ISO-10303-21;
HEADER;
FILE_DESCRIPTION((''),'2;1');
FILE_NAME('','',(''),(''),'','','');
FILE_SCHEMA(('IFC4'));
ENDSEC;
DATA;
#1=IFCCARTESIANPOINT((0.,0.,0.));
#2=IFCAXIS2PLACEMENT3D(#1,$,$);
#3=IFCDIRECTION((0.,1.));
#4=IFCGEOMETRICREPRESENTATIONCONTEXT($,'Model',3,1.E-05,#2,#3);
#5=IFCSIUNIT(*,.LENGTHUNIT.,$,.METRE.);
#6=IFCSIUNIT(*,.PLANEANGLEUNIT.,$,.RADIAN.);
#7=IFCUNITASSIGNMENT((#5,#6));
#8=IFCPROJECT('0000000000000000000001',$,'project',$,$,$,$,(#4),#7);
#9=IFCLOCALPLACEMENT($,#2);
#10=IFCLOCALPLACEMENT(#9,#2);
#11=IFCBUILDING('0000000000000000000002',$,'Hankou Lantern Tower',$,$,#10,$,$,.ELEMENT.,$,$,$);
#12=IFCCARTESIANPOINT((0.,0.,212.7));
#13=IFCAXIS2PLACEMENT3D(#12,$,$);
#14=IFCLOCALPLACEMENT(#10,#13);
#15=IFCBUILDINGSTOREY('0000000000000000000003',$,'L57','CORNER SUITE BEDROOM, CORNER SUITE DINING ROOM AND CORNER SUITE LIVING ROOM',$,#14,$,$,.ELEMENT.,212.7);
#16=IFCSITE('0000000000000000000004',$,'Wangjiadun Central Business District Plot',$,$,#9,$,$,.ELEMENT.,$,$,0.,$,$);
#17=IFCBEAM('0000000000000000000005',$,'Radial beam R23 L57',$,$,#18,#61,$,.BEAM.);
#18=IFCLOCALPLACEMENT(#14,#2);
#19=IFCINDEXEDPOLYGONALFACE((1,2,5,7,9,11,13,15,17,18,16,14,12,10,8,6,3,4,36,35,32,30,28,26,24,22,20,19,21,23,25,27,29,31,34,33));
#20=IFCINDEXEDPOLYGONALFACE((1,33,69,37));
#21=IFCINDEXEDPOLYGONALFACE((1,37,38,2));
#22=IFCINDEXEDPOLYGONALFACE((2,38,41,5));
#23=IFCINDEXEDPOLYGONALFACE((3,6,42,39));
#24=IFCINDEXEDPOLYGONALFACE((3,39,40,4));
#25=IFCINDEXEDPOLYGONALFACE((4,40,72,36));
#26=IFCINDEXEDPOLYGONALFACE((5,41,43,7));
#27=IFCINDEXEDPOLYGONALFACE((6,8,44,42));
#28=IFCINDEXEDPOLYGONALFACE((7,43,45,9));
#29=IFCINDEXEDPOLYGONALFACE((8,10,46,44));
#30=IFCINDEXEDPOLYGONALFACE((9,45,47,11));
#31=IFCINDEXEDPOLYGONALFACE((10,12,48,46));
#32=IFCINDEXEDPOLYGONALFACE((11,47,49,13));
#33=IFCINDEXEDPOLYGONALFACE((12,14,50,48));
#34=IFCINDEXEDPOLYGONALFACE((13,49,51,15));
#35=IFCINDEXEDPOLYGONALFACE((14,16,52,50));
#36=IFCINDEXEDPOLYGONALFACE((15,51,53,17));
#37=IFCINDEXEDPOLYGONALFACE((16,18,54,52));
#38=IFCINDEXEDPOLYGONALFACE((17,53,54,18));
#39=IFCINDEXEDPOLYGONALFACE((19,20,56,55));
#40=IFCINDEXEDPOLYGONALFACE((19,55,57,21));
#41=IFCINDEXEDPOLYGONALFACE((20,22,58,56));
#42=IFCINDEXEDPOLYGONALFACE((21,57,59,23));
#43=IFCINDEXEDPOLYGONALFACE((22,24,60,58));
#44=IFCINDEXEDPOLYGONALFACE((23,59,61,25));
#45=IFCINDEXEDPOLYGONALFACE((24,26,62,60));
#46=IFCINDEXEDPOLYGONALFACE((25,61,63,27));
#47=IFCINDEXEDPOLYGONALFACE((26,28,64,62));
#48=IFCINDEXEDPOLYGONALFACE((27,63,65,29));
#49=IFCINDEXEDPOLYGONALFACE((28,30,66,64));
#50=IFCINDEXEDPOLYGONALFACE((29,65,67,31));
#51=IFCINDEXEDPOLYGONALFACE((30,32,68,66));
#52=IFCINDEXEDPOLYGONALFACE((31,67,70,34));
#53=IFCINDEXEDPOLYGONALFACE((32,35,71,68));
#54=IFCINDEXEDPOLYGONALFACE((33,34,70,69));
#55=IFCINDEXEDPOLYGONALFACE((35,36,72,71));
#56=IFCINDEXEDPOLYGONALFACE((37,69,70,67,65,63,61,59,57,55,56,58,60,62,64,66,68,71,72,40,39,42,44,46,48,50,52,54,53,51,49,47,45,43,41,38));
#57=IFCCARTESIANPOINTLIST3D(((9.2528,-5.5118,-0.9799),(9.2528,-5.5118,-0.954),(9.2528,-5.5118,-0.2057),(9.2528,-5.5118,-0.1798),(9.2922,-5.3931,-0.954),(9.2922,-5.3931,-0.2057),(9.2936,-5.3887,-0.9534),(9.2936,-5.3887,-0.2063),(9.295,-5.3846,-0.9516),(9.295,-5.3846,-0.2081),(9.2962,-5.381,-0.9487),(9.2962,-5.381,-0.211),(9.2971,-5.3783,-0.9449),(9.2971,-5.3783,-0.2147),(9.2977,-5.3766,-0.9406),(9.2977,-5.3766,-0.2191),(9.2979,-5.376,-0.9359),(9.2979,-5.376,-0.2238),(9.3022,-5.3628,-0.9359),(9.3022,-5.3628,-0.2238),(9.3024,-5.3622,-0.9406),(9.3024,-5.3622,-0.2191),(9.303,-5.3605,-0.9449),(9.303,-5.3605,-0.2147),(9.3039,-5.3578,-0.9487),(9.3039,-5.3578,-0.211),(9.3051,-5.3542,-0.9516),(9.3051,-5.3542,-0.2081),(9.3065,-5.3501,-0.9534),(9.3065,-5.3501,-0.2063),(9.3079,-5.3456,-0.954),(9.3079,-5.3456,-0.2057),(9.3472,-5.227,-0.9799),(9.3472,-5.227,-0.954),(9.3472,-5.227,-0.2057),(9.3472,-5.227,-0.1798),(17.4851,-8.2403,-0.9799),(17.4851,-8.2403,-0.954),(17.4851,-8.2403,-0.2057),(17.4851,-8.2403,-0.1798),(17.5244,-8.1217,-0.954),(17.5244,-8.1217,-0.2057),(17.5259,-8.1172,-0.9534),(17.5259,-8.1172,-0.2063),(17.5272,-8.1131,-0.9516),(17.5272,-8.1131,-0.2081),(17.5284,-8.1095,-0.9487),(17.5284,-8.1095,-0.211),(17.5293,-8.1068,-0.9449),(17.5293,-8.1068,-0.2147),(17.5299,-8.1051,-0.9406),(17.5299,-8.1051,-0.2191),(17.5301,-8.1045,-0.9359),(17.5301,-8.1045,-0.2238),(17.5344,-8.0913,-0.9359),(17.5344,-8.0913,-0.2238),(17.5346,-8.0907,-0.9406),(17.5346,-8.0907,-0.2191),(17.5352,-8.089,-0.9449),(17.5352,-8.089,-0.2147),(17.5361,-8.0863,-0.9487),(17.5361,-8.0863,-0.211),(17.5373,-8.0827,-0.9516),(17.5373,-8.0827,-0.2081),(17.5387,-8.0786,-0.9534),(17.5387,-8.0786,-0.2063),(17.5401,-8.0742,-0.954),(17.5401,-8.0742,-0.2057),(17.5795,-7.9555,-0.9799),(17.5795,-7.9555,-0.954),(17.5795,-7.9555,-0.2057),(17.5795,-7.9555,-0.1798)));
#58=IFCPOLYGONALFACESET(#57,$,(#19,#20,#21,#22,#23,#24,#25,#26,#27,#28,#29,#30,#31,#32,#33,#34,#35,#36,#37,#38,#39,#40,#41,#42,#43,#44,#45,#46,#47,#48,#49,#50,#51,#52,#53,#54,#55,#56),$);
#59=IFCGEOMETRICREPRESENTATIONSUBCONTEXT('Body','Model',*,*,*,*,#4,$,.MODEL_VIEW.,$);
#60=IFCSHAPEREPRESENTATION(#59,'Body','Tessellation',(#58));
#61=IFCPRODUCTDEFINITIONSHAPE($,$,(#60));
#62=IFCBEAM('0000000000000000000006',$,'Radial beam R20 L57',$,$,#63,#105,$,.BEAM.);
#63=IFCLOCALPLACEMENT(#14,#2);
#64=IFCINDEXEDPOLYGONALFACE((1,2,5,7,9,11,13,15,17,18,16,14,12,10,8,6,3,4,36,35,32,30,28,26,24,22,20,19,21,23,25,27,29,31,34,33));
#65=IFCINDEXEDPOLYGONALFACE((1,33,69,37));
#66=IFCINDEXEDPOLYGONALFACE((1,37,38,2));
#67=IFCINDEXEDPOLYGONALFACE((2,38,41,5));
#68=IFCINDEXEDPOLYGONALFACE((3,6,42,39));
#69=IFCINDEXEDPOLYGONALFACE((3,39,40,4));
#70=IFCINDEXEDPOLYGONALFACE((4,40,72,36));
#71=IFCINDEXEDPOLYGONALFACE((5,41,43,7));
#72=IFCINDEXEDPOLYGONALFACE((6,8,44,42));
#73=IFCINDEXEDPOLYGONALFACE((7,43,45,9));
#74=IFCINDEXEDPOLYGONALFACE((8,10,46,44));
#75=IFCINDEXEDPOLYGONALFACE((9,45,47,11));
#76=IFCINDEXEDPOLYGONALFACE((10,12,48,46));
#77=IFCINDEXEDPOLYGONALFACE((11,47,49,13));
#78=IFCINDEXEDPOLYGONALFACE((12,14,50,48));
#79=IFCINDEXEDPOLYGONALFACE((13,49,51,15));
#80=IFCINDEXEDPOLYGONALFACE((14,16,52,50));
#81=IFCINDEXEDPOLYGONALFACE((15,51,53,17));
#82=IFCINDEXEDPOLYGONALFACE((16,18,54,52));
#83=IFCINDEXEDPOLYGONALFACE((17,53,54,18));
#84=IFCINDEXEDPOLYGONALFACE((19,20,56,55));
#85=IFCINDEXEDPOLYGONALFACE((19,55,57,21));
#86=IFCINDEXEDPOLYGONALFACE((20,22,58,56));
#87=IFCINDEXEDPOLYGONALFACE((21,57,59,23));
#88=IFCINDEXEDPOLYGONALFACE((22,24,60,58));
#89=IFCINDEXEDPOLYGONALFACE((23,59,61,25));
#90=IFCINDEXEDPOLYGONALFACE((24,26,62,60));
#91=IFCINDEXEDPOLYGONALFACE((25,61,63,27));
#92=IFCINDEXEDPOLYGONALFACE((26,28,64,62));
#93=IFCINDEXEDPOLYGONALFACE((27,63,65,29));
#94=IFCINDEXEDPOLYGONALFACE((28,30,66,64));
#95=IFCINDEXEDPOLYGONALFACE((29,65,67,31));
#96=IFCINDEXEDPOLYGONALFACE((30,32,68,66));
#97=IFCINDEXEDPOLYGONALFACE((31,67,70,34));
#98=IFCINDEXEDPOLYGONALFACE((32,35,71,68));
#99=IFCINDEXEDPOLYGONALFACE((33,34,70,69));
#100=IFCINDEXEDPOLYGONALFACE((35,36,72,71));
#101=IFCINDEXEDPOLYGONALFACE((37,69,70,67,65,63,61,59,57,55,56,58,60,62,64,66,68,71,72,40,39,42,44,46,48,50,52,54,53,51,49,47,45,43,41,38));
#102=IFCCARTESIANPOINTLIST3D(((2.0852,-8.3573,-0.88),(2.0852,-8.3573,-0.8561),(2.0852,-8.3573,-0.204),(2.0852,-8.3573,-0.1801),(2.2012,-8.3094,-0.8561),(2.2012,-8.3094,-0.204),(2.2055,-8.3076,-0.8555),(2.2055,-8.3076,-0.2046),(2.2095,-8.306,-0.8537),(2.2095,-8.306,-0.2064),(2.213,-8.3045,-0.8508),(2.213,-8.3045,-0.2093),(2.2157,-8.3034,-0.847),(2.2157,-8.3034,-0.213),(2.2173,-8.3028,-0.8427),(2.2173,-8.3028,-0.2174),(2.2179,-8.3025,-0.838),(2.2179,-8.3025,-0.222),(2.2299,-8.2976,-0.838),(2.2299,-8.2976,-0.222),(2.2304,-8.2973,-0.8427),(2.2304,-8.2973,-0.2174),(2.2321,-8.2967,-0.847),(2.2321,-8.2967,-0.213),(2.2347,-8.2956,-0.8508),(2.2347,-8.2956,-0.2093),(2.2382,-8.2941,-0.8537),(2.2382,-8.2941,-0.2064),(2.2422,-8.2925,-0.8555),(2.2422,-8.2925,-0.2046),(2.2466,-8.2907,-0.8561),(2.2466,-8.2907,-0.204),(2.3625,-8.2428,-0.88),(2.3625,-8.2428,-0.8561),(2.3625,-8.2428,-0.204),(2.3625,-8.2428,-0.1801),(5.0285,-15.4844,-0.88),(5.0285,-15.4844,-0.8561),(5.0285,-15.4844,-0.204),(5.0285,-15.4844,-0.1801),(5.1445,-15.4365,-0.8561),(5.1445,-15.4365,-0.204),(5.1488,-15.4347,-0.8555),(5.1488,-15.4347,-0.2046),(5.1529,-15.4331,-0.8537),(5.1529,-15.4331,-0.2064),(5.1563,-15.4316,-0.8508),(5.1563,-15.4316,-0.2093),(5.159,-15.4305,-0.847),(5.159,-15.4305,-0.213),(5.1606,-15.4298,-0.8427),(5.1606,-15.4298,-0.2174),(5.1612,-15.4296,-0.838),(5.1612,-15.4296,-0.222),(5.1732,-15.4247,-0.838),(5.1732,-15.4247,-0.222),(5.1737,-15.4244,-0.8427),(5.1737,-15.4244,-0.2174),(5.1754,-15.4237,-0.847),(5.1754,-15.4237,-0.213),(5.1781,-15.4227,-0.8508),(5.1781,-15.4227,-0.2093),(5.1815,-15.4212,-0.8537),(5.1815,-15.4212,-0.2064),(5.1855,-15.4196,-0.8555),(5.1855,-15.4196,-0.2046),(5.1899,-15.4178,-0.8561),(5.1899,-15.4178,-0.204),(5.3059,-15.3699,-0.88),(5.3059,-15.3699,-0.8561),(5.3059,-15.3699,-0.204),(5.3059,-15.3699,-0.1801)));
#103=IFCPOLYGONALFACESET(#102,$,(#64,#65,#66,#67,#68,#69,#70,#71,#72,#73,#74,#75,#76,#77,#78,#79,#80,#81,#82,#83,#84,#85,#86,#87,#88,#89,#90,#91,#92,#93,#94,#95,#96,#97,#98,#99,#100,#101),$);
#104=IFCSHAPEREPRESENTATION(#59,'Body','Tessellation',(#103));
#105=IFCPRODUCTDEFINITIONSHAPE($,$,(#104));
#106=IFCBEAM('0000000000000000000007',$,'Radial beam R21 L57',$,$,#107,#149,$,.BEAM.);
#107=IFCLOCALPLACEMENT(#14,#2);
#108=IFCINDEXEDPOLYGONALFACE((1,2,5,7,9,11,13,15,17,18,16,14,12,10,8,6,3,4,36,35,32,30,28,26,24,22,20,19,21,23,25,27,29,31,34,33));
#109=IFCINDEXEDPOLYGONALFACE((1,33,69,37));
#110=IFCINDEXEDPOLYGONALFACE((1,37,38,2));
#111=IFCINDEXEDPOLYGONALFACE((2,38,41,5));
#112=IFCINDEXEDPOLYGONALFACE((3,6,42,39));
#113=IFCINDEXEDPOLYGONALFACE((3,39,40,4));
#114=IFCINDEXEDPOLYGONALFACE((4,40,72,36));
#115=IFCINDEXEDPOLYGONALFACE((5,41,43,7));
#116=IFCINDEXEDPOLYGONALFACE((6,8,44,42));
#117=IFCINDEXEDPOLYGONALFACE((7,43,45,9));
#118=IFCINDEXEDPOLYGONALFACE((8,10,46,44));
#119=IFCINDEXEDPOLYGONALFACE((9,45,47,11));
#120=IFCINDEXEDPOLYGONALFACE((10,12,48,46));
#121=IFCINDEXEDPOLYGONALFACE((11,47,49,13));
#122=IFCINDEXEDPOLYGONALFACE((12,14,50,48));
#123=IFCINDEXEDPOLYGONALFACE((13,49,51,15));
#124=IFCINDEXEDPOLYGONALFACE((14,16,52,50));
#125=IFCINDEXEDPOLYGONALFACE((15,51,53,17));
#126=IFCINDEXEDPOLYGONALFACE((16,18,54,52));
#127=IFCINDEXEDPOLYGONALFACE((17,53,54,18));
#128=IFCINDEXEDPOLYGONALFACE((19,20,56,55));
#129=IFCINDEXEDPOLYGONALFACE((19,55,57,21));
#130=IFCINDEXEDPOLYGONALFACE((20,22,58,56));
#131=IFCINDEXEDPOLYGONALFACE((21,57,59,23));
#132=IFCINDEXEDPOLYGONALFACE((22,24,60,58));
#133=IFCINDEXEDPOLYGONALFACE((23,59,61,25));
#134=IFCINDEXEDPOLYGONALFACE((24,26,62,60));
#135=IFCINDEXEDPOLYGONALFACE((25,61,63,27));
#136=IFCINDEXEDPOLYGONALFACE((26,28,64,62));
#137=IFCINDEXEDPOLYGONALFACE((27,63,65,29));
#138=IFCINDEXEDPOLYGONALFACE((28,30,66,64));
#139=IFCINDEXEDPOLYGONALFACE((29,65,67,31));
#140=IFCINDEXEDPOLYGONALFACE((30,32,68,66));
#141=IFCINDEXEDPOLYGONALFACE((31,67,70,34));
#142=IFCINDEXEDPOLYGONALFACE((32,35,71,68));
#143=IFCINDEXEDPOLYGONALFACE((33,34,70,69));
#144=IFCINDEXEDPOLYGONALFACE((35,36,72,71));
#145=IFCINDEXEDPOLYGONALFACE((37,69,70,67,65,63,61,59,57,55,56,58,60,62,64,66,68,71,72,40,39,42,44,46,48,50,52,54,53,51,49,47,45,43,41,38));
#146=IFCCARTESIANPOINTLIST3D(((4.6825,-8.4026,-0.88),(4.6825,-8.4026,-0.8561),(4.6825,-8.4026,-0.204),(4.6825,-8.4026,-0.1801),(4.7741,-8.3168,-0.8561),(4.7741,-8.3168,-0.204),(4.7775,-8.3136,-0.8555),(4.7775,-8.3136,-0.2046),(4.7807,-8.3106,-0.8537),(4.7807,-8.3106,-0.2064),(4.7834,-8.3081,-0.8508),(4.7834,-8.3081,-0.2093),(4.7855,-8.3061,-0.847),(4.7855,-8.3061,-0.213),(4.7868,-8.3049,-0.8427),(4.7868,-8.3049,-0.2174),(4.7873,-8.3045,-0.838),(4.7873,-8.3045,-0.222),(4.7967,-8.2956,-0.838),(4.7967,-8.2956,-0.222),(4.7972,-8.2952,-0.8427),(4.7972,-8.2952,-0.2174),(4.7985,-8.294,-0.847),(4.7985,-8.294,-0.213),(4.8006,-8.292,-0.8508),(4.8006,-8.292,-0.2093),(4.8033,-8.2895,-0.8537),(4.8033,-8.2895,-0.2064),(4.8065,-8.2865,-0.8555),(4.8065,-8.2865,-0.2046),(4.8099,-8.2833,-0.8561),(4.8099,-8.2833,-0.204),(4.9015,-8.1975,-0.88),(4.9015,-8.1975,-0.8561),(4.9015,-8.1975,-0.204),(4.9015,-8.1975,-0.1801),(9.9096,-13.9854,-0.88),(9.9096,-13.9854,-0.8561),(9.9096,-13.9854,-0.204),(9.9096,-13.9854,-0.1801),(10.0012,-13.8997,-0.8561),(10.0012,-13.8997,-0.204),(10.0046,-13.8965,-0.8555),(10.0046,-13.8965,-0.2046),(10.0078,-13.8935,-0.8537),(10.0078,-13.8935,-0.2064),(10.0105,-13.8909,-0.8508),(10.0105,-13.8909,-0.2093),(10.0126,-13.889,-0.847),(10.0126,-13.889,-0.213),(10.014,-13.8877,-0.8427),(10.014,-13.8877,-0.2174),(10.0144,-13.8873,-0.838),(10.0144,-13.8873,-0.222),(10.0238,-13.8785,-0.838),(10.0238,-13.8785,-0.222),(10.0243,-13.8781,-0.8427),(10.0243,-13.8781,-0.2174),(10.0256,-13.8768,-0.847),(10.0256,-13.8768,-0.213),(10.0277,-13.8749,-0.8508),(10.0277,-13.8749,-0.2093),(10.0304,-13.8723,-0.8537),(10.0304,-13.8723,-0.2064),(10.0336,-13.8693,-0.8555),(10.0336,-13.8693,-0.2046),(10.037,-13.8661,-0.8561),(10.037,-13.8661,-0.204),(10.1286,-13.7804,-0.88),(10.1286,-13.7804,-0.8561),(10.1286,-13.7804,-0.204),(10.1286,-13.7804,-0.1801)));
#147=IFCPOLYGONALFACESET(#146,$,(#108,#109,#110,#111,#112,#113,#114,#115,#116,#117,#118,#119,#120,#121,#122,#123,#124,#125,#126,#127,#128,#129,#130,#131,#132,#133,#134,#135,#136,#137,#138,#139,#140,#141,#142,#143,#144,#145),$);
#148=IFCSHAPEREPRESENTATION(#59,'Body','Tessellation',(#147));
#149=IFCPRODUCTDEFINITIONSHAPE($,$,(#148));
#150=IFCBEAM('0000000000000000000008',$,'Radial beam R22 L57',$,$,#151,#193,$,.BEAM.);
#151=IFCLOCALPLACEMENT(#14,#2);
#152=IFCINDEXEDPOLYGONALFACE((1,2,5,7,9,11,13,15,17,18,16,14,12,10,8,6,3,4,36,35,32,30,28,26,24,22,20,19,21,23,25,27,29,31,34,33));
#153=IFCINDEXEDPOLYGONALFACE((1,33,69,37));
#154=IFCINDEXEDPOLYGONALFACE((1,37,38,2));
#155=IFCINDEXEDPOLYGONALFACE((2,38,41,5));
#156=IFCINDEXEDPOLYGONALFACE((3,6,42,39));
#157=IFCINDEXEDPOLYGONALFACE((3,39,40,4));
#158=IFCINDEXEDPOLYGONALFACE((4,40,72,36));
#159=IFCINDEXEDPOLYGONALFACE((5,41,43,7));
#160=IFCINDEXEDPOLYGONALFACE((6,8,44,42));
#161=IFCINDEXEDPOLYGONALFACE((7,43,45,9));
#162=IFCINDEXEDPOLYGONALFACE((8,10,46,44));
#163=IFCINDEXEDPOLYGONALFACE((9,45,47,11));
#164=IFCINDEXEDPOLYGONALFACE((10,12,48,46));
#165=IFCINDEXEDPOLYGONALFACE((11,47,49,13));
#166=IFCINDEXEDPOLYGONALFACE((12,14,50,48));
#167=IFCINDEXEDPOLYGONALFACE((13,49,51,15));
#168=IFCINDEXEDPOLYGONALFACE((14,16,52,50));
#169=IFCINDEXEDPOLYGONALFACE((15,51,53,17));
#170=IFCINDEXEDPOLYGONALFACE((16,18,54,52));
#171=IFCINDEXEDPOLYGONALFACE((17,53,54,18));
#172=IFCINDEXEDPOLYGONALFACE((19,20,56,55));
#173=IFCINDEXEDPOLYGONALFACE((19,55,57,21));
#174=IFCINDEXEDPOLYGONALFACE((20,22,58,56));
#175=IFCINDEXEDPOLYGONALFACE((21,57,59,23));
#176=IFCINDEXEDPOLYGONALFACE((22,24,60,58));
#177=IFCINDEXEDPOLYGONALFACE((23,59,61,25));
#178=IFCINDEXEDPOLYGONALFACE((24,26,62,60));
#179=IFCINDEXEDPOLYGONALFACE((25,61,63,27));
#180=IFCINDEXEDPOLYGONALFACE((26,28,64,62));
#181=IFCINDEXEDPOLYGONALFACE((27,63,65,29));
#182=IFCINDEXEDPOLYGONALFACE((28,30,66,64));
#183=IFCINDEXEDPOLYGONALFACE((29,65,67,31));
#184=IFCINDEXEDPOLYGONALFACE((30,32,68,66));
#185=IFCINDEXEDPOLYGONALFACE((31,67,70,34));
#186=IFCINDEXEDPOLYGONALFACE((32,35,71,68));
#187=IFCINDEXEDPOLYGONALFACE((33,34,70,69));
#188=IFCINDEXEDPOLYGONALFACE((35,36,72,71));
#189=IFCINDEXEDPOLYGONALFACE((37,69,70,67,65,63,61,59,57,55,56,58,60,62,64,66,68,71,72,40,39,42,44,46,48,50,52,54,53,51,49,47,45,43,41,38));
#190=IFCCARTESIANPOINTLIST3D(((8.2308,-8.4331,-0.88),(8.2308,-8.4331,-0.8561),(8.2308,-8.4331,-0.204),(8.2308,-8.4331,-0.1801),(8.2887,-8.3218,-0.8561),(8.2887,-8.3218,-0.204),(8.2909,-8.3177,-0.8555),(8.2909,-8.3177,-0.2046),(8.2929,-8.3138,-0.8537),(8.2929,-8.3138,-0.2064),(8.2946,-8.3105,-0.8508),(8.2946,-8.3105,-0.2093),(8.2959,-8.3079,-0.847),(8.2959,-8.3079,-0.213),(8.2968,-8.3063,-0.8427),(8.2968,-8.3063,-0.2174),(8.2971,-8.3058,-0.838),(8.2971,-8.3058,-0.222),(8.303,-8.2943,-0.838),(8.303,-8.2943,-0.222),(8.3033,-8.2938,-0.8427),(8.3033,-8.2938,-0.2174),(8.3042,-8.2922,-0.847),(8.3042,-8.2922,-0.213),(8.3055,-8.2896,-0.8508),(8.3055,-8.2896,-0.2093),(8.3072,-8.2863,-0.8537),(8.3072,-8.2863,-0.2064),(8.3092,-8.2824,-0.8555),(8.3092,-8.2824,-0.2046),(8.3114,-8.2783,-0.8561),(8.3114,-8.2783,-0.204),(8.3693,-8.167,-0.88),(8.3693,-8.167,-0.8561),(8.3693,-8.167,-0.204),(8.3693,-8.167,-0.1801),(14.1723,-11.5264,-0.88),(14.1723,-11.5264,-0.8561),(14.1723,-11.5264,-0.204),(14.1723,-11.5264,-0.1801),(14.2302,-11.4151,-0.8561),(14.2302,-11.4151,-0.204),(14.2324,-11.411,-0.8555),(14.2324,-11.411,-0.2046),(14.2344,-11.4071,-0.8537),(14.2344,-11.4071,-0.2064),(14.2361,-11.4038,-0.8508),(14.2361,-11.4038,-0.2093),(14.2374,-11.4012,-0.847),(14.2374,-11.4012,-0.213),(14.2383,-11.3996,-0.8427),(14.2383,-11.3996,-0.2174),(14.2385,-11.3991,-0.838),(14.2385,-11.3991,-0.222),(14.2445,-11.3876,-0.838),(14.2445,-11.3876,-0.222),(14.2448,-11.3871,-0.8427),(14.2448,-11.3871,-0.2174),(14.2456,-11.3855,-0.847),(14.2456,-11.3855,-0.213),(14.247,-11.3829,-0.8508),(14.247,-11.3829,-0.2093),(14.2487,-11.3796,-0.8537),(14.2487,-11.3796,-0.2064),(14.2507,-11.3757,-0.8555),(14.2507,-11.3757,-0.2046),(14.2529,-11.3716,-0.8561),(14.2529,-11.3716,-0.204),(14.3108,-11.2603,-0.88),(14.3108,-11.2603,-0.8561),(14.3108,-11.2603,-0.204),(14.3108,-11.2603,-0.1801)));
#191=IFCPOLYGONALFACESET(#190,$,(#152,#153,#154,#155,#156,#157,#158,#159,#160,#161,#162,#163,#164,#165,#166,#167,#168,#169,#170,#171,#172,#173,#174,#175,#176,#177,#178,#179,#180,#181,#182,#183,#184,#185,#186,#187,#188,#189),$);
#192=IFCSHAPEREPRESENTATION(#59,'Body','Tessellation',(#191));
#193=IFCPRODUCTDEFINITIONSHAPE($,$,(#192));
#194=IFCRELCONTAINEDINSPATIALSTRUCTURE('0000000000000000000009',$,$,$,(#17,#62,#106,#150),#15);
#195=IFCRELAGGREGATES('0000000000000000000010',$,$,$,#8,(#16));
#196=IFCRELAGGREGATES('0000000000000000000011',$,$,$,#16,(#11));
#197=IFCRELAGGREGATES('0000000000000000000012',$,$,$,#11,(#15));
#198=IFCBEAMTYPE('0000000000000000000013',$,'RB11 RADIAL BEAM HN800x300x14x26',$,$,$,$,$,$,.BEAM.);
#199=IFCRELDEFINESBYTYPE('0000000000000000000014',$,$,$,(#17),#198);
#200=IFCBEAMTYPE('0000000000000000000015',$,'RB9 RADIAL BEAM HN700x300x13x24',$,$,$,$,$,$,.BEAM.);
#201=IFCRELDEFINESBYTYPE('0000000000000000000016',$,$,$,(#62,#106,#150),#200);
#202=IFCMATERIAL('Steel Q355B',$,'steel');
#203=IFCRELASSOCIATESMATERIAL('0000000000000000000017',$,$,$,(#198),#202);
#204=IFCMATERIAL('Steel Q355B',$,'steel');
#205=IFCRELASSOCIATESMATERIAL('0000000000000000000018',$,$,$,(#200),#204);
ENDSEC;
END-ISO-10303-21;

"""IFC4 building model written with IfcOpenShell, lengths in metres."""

from ifc_helpers import new_model, si_unit, direction, frame, origin, origin_2d, place, context, subcontext, project, spatial, i_section, extrude, material, material_profile, profile_set, type_object, element, save


model = new_model("IFC4")

# Units and contexts
model_context = context("Model", 3, precision=1e-05, world=origin(), true_north=direction((0.0, 1.0)))
body_context = subcontext(model_context, "Body", "Model", "MODEL_VIEW")
ifc_project = project(units=[si_unit("LENGTHUNIT", "METRE"), si_unit("PLANEANGLEUNIT", "RADIAN")], contexts=[model_context])

# Site, building, storey
site_placement = place(None, origin())
site = spatial("IfcSite", under=ifc_project, at=site_placement, Name="Wangjiadun Central Business District Plot", CompositionType="ELEMENT", RefElevation=0.0)
building_placement = place(site_placement, origin())
building = spatial("IfcBuilding", under=site, at=building_placement, Name="Hankou Lantern Tower", CompositionType="ELEMENT")
storey_placement = place(building_placement, frame((0.0, 0.0, 212.7)))
storey = spatial("IfcBuildingStorey", under=building, at=storey_placement, Name="L57", Description="CORNER SUITE BEDROOM, CORNER SUITE DINING ROOM AND CORNER SUITE LIVING ROOM", CompositionType="ELEMENT", Elevation=212.7)

# Beams
ifc_material_1 = material(Name="Steel Q355B", Category="steel")
ifc_material_profile_1 = material_profile(ifc_material_1, i_section(OverallWidth=0.3, OverallDepth=0.8, WebThickness=0.0139, FlangeThickness=0.0259, FilletRadius=0.0181, at=origin_2d()), Name="HN800x300x14x26")
ifc_profile_set_1 = profile_set([ifc_material_profile_1], Name="Steel Q355B")
beam_type_1 = type_object("IfcBeamType", Name="RB11 RADIAL BEAM HN800x300x14x26", PredefinedType="BEAM", material=ifc_profile_set_1)
beam_1_placement = place(storey_placement, frame((9.3, -5.3694, -0.5798), z_axis=(0.94922, -0.314614, 0.0), x_axis=(0.314614, 0.94922, 0.0)))
element("IfcBeam", 1, at=beam_1_placement, inside=storey, type_object=beam_type_1, Name="Radial beam R23 L57", PredefinedType="BEAM", context=body_context, shape_type="SweptSolid", body=[
    extrude(i_section(OverallWidth=0.3, OverallDepth=0.8, WebThickness=0.0139, FlangeThickness=0.0259, FilletRadius=0.0181, at=origin_2d()), origin(), (0.0, 0.0, 1.0), 8.6726),
])
ifc_material_2 = material(Name="Steel Q355B", Category="steel")
ifc_material_profile_2 = material_profile(ifc_material_2, i_section(OverallWidth=0.3, OverallDepth=0.7, WebThickness=0.0129, FlangeThickness=0.0239, FilletRadius=0.0181, at=origin_2d()), Name="HN700x300x13x24")
ifc_profile_set_2 = profile_set([ifc_material_profile_2], Name="Steel Q355B")
beam_type_2 = type_object("IfcBeamType", Name="RB9 RADIAL BEAM HN700x300x13x24", PredefinedType="BEAM", material=ifc_profile_set_2)
beam_2_placement = place(storey_placement, frame((2.2239, -8.3, -0.53), z_axis=(0.381707, -0.924284, 0.0), x_axis=(0.924284, 0.381707, 0.0)))
element("IfcBeam", 2, at=beam_2_placement, inside=storey, type_object=beam_type_2, Name="Radial beam R20 L57", PredefinedType="BEAM", context=body_context, shape_type="SweptSolid", body=[
    extrude(i_section(OverallWidth=0.3, OverallDepth=0.7, WebThickness=0.0129, FlangeThickness=0.0239, FilletRadius=0.0181, at=origin_2d()), origin(), (0.0, 0.0, 1.0), 7.7109),
])
beam_3_placement = place(storey_placement, frame((4.792, -8.3, -0.53), z_axis=(0.683468, -0.72998, 0.0), x_axis=(0.72998, 0.683468, 0.0)))
element("IfcBeam", 3, at=beam_3_placement, inside=storey, type_object=beam_type_2, Name="Radial beam R21 L57", PredefinedType="BEAM", context=body_context, shape_type="SweptSolid", body=[
    extrude(i_section(OverallWidth=0.3, OverallDepth=0.7, WebThickness=0.0129, FlangeThickness=0.0239, FilletRadius=0.0181, at=origin_2d()), origin(), (0.0, 0.0, 1.0), 7.6479),
])
beam_4_placement = place(storey_placement, frame((8.3, -8.3, -0.53), z_axis=(0.886989, -0.461791, 0.0), x_axis=(0.461791, 0.886989, 0.0)))
element("IfcBeam", 4, at=beam_4_placement, inside=storey, type_object=beam_type_2, Name="Radial beam R22 L57", PredefinedType="BEAM", context=body_context, shape_type="SweptSolid", body=[
    extrude(i_section(OverallWidth=0.3, OverallDepth=0.7, WebThickness=0.0129, FlangeThickness=0.0239, FilletRadius=0.0181, at=origin_2d()), origin(), (0.0, 0.0, 1.0), 6.6985),
])

save(model, "model.ifc")
